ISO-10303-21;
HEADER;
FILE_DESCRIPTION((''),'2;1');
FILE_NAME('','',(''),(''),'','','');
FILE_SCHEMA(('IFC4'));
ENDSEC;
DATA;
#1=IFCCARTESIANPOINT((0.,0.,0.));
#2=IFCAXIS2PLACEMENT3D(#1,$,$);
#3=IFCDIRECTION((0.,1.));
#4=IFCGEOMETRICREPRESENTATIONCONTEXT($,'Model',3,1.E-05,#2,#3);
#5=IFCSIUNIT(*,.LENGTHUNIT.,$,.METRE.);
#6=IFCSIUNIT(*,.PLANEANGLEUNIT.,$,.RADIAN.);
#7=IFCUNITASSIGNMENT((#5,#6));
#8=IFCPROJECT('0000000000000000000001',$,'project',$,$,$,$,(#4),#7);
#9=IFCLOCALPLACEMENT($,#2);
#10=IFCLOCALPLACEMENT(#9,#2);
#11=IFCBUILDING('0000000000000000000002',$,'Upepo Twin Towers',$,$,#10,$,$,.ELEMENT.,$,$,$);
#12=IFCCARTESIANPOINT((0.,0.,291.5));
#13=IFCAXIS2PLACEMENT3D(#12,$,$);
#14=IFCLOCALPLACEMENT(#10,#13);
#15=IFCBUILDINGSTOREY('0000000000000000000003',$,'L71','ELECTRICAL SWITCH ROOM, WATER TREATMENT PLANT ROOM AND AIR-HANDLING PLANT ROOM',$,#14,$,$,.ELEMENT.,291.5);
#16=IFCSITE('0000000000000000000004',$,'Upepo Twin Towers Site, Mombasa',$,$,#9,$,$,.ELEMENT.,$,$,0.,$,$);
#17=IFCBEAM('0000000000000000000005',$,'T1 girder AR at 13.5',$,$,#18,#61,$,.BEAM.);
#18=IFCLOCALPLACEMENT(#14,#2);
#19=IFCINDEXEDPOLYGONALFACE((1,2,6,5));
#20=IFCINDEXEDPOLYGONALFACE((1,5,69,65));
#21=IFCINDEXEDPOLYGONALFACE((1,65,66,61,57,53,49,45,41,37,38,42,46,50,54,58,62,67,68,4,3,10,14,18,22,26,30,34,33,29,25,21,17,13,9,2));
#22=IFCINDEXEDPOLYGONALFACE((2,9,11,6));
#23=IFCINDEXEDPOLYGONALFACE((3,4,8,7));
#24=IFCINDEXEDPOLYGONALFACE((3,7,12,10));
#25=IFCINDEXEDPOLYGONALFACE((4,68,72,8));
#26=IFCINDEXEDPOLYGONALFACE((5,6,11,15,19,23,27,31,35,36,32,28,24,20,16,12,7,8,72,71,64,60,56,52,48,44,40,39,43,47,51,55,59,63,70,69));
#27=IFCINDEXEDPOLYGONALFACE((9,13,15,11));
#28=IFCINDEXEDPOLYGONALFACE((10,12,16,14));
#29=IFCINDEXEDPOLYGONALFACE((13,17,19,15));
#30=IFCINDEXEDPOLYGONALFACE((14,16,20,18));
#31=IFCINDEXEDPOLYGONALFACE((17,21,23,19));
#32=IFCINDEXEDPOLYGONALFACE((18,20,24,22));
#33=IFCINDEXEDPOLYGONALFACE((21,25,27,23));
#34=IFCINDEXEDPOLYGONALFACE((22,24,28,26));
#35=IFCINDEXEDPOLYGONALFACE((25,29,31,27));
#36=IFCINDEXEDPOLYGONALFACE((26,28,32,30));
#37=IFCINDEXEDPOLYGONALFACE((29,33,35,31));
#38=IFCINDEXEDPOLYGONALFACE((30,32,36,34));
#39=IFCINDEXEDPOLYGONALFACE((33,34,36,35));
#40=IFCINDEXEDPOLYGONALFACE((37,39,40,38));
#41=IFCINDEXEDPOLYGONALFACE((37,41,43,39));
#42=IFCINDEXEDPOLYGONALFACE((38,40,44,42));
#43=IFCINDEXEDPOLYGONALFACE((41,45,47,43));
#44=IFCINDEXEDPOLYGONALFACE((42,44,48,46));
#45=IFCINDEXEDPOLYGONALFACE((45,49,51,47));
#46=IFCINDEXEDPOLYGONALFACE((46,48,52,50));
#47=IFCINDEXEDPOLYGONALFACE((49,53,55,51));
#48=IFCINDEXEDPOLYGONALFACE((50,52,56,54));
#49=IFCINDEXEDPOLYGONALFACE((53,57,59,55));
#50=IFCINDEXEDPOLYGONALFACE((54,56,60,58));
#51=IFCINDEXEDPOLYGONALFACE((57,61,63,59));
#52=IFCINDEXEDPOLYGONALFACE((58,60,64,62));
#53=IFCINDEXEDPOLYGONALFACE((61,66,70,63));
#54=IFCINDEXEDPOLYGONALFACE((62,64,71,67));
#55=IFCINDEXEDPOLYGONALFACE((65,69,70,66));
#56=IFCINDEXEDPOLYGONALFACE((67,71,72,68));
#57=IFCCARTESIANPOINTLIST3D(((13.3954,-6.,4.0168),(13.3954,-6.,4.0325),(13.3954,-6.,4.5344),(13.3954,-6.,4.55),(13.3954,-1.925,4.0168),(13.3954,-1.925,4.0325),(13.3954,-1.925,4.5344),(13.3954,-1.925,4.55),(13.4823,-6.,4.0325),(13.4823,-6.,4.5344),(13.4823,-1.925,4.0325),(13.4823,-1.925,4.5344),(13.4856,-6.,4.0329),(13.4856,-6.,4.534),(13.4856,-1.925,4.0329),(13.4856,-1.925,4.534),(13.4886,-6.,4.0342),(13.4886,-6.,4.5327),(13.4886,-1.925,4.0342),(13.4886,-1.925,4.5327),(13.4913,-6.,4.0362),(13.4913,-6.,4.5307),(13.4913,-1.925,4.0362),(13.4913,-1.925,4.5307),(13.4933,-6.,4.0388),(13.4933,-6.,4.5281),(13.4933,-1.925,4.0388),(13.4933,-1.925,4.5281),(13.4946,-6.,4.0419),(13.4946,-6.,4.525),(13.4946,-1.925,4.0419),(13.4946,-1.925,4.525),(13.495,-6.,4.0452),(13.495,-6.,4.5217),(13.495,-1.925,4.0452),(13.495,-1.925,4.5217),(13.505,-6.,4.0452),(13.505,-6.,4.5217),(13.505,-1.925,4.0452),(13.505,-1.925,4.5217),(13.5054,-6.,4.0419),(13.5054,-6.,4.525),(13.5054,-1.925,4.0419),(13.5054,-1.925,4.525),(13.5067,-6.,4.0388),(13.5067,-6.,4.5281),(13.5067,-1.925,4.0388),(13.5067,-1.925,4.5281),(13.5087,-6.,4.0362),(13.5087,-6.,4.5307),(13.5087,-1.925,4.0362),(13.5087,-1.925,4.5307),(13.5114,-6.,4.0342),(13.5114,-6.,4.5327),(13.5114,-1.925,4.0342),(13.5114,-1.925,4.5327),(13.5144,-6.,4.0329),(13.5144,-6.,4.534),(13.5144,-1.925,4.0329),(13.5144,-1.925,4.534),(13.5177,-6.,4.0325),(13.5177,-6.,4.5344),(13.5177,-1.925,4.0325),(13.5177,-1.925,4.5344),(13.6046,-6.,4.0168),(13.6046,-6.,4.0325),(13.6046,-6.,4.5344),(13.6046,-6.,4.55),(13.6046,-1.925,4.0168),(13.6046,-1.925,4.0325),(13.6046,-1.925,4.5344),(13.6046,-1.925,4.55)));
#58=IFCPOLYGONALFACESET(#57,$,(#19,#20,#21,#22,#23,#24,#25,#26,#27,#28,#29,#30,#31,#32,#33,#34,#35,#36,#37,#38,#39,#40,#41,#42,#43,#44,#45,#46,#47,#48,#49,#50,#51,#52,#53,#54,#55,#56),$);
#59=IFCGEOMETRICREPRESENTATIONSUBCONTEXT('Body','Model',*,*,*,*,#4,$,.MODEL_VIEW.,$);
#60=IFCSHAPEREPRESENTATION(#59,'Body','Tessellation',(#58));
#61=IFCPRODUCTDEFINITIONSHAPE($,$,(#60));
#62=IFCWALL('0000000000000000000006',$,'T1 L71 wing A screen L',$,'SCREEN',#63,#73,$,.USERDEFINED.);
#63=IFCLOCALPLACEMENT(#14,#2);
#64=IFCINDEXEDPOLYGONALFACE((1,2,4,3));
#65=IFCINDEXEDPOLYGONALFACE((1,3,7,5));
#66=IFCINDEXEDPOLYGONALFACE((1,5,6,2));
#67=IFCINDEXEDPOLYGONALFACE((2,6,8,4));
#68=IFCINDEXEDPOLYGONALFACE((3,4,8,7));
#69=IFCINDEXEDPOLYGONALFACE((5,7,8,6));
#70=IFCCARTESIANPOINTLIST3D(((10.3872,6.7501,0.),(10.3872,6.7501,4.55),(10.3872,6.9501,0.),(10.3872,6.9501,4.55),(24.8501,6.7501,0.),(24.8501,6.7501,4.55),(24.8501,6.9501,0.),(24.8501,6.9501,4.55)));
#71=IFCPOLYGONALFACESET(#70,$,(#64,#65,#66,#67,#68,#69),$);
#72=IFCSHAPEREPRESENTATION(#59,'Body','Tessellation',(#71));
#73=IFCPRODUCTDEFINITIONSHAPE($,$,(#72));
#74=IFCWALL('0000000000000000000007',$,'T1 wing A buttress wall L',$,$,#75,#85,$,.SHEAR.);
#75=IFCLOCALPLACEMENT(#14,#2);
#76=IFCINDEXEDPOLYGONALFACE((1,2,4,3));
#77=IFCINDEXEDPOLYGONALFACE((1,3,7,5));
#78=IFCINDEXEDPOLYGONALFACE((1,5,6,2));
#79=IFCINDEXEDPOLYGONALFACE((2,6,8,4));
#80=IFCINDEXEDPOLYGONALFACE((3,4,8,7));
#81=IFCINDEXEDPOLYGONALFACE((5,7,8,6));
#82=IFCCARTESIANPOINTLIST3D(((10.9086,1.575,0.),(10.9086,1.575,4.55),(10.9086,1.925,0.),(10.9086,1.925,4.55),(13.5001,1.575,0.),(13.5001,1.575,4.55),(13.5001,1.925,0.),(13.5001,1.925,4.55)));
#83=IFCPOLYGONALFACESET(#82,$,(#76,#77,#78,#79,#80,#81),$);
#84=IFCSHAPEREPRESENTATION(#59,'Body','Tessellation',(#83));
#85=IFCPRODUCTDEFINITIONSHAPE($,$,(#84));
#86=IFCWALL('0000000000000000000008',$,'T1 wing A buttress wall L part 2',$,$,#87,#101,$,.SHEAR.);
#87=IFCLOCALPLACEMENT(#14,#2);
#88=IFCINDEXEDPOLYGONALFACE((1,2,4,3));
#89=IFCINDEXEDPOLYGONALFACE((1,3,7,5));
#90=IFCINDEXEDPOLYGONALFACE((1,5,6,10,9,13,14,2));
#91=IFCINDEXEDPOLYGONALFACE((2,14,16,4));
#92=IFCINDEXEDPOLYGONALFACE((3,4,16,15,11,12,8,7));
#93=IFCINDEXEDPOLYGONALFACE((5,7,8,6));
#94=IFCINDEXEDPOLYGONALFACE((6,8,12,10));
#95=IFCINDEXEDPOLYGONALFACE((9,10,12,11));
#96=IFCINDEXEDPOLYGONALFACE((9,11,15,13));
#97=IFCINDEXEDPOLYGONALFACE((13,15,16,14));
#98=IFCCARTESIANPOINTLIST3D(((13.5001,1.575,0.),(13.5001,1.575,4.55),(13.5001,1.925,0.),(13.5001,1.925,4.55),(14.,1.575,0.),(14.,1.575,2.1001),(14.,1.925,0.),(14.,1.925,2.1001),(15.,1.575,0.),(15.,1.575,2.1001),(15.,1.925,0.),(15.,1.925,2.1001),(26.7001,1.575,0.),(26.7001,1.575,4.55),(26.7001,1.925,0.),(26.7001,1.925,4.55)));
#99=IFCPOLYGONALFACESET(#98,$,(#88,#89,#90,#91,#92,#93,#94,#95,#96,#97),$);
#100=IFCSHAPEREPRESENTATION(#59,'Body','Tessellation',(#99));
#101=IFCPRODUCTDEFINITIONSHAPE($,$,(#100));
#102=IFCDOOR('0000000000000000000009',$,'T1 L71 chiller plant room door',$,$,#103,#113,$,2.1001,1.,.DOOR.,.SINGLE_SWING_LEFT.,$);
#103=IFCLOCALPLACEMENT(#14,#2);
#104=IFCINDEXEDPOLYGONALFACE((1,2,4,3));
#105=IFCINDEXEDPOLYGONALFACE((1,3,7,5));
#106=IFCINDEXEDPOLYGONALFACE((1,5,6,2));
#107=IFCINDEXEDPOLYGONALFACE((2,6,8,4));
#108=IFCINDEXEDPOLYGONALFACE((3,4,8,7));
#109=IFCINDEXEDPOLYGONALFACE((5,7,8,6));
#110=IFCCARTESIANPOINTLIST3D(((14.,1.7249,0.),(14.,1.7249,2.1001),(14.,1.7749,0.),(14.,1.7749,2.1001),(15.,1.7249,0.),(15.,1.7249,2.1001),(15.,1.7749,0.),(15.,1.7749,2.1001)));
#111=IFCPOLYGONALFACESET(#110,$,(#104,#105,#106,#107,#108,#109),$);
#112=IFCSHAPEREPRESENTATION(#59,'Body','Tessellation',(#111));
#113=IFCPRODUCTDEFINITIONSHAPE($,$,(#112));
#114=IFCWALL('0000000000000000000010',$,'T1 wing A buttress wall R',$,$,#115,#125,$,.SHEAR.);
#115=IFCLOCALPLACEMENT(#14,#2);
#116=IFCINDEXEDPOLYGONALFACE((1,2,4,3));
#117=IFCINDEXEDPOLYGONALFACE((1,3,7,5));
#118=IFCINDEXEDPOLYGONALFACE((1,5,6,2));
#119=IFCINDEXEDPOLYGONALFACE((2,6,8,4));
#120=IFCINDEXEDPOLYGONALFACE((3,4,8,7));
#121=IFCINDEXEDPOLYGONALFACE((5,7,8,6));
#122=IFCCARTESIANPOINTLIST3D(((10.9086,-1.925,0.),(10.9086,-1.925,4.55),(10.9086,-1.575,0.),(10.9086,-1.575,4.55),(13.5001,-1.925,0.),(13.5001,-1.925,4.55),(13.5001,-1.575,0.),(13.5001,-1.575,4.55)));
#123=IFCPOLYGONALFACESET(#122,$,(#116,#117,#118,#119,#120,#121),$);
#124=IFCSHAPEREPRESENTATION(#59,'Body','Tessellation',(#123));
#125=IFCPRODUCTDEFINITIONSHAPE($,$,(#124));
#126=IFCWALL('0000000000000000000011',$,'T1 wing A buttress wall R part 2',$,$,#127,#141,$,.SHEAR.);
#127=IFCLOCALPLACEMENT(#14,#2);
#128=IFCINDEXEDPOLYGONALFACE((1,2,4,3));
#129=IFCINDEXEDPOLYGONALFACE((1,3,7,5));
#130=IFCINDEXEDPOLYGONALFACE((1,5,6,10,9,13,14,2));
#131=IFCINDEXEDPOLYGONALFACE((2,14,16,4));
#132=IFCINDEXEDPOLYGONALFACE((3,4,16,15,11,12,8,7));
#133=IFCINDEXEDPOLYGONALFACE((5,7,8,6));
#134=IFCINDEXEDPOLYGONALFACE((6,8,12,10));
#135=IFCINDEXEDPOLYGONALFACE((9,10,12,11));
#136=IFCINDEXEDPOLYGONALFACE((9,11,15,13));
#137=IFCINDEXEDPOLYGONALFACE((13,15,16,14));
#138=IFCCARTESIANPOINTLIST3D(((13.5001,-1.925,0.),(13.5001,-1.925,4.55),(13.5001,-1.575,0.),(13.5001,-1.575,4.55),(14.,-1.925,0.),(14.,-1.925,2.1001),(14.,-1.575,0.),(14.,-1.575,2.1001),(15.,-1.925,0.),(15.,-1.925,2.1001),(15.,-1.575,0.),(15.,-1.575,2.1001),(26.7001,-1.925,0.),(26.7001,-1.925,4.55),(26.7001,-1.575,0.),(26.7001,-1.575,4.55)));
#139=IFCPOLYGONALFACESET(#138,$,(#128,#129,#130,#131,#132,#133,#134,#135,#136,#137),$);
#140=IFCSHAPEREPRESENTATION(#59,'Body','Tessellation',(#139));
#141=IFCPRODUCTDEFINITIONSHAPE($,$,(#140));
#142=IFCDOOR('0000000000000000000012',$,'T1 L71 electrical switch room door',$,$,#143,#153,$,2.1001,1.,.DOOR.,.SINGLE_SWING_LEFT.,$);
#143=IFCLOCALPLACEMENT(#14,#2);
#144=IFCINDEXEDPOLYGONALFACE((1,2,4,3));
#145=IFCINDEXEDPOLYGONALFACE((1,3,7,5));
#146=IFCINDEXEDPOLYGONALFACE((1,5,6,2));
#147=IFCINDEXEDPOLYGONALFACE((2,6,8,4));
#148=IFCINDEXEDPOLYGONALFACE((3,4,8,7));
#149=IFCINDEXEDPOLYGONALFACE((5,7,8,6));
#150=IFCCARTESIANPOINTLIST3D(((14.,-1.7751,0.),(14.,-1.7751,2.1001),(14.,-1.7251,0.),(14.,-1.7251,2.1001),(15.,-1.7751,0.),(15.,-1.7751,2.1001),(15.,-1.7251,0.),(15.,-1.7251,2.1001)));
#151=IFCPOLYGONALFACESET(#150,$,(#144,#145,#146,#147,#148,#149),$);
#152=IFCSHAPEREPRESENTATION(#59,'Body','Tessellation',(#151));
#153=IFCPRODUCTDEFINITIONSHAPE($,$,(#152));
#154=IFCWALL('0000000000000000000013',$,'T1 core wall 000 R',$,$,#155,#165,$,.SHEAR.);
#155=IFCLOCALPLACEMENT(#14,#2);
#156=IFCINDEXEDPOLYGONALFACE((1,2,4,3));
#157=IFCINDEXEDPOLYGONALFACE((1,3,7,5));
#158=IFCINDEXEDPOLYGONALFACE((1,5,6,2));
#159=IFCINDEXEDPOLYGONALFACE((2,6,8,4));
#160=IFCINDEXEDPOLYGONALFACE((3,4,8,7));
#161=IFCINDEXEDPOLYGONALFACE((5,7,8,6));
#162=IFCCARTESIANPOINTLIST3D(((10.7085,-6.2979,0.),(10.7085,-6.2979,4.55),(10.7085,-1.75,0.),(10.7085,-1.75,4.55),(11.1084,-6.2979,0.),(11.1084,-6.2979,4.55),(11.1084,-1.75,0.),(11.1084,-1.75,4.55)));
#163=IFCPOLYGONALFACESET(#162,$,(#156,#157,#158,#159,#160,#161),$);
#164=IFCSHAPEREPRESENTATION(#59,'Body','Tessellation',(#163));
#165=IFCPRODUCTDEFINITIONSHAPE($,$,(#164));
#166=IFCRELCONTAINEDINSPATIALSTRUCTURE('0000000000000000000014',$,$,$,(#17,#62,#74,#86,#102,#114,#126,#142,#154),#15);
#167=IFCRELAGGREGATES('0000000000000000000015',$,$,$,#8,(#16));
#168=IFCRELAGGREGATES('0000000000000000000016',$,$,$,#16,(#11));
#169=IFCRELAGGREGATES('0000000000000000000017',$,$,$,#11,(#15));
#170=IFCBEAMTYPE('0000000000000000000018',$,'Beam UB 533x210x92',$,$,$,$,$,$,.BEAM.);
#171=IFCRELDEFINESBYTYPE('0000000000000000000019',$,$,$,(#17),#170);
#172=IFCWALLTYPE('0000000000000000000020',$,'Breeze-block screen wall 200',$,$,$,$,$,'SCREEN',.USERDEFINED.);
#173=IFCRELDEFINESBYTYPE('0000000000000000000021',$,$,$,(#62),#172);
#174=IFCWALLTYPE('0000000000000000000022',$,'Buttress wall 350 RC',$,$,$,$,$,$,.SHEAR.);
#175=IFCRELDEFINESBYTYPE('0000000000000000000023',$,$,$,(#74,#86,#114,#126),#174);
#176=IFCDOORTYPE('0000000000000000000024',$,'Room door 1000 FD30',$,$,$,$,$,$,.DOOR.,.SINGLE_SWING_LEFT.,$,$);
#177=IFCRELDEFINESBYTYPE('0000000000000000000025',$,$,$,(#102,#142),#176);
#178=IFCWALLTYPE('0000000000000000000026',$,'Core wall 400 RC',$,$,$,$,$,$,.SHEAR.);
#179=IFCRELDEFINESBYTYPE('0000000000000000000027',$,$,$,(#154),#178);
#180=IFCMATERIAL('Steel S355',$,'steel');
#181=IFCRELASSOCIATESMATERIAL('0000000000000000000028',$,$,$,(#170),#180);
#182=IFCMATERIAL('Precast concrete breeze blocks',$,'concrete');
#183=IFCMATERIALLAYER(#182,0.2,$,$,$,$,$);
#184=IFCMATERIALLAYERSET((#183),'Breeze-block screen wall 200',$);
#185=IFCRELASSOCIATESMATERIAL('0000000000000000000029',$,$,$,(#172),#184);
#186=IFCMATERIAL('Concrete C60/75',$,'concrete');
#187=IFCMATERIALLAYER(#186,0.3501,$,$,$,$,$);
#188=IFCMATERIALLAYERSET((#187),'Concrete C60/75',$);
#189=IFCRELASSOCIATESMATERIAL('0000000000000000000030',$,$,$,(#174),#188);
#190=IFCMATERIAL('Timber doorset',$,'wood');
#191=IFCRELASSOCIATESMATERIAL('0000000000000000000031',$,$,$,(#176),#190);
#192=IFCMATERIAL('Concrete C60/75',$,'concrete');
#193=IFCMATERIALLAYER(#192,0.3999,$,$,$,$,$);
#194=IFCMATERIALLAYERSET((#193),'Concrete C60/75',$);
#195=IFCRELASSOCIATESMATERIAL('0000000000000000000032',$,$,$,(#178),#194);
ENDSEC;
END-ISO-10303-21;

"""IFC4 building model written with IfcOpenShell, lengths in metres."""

from ifc_helpers import new_model, si_unit, direction, frame, frame_2d, origin, origin_2d, place, context, subcontext, project, spatial, rectangle, i_section, extrude, material, layer, layer_set, material_profile, profile_set, type_object, element, fill, save


model = new_model("IFC4")

# Units and contexts
model_context = context("Model", 3, precision=1e-05, world=origin(), true_north=direction((0.0, 1.0)))
body_context = subcontext(model_context, "Body", "Model", "MODEL_VIEW")
ifc_project = project(units=[si_unit("LENGTHUNIT", "METRE"), si_unit("PLANEANGLEUNIT", "RADIAN")], contexts=[model_context])

# Site, building, storey
site_placement = place(None, origin())
site = spatial("IfcSite", under=ifc_project, at=site_placement, Name="Upepo Twin Towers Site, Mombasa", CompositionType="ELEMENT", RefElevation=0.0)
building_placement = place(site_placement, origin())
building = spatial("IfcBuilding", under=site, at=building_placement, Name="Upepo Twin Towers", CompositionType="ELEMENT")
storey_placement = place(building_placement, frame((0.0, 0.0, 291.5)))
storey = spatial("IfcBuildingStorey", under=building, at=storey_placement, Name="L71", Description="ELECTRICAL SWITCH ROOM, WATER TREATMENT PLANT ROOM AND AIR-HANDLING PLANT ROOM", CompositionType="ELEMENT", Elevation=291.5)

# Beam
ifc_material_1 = material(Name="Steel S355", Category="steel")
ifc_material_profile_1 = material_profile(ifc_material_1, i_section(OverallWidth=0.2092, OverallDepth=0.5332, WebThickness=0.01, FlangeThickness=0.0156, FilletRadius=0.0127, at=origin_2d()), Name="UB 533x210x92")
ifc_profile_set_1 = profile_set([ifc_material_profile_1], Name="Steel S355")
beam_type_1 = type_object("IfcBeamType", Name="Beam UB 533x210x92", PredefinedType="BEAM", material=ifc_profile_set_1)
for number, where, z_axis, x_axis, name in (
    (1, (13.5, -6.0, 4.2834), (0.0, 1.0, 0.0), (-1.0, 0.0, 0.0), "T1 girder AR at 13.5"),
):
    element("IfcBeam", number, at=place(storey_placement, frame(where, z_axis=z_axis, x_axis=x_axis)), inside=storey, type_object=beam_type_1, Name=name, PredefinedType="BEAM", context=body_context, shape_type="SweptSolid", body=[
        extrude(i_section(OverallWidth=0.2092, OverallDepth=0.5332, WebThickness=0.01, FlangeThickness=0.0156, FilletRadius=0.0127, at=origin_2d()), origin(), (0.0, 0.0, 1.0), 4.075),
    ])

# Walls
ifc_material_2 = material(Name="Precast concrete breeze blocks", Category="concrete")
ifc_layer_1 = layer(ifc_material_2, 0.2)
ifc_layer_set_1 = layer_set([ifc_layer_1], Name="Breeze-block screen wall 200")
wall_type_1 = type_object("IfcWallType", Name="Breeze-block screen wall 200", ElementType="SCREEN", PredefinedType="USERDEFINED", material=ifc_layer_set_1)
wall_1_placement = place(storey_placement, frame((10.3872, 6.8501, 0.0), z_axis=(0.0, 0.0, 1.0), x_axis=(1.0, 0.0, 0.0)))
element("IfcWall", 2, at=wall_1_placement, inside=storey, type_object=wall_type_1, Name="T1 L71 wing A screen L", ObjectType="SCREEN", PredefinedType="USERDEFINED", context=body_context, shape_type="SweptSolid", body=[
    extrude(rectangle(XDim=14.4629, YDim=0.2, at=frame_2d((7.2314, 0.0))), origin(), (0.0, 0.0, 1.0), 4.55),
])
ifc_material_3 = material(Name="Concrete C60/75", Category="concrete")
ifc_layer_2 = layer(ifc_material_3, 0.3501)
ifc_layer_set_2 = layer_set([ifc_layer_2], Name="Concrete C60/75")
wall_type_2 = type_object("IfcWallType", Name="Buttress wall 350 RC", PredefinedType="SHEAR", material=ifc_layer_set_2)
wall_2_placement = place(storey_placement, frame((10.9084, 1.75, 0.0), z_axis=(0.0, 0.0, 1.0), x_axis=(1.0, 0.0, 0.0)))
element("IfcWall", 3, at=wall_2_placement, inside=storey, type_object=wall_type_2, Name="T1 wing A buttress wall L", PredefinedType="SHEAR", context=body_context, shape_type="SweptSolid", body=[
    extrude(rectangle(XDim=2.5916, YDim=0.3501, at=frame_2d((1.2959, 0.0))), origin(), (0.0, 0.0, 1.0), 4.55),
])

# Wall, opening, door
wall_3_placement = place(storey_placement, frame((13.5, 1.75, 0.0), z_axis=(0.0, 0.0, 1.0), x_axis=(1.0, 0.0, 0.0)))
wall_3 = element("IfcWall", 4, at=wall_3_placement, inside=storey, type_object=wall_type_2, Name="T1 wing A buttress wall L part 2", PredefinedType="SHEAR", context=body_context, shape_type="SweptSolid", body=[
    extrude(rectangle(XDim=13.2, YDim=0.3501, at=frame_2d((6.6001, 0.0))), origin(), (0.0, 0.0, 1.0), 4.55),
])
opening_1_placement = place(wall_3_placement, frame((0.5, 0.0, 0.0)))
opening_1 = element("IfcOpeningElement", 5, at=opening_1_placement, cuts=wall_3, PredefinedType="OPENING", context=body_context, shape_type="SweptSolid", body=[
    extrude(rectangle(XDim=1.0, YDim=2.1001, at=frame_2d((0.5, 1.05))), frame((0.0, 0.1851, 0.0), z_axis=(0.0, -1.0, 0.0), x_axis=(1.0, 0.0, 0.0)), (0.0, 0.0, 1.0), 0.3701),
])
ifc_material_4 = material(Name="Timber doorset", Category="wood")
door_type_1 = type_object("IfcDoorType", Name="Room door 1000 FD30", OperationType="SINGLE_SWING_LEFT", PredefinedType="DOOR", material=ifc_material_4)
door_1_placement = place(opening_1_placement, origin())
door_1 = element("IfcDoor", 6, at=door_1_placement, inside=storey, type_object=door_type_1, Name="T1 L71 chiller plant room door", OperationType="SINGLE_SWING_LEFT", OverallHeight=2.1001, OverallWidth=1.0, PredefinedType="DOOR", context=body_context, shape_type="SweptSolid", body=[
    extrude(rectangle(XDim=1.0, YDim=2.1001, at=frame_2d((0.5, 1.05))), frame((0.0, 0.0249, 0.0), z_axis=(0.0, -1.0, 0.0), x_axis=(1.0, 0.0, 0.0)), (0.0, 0.0, 1.0), 0.05),
])
fill(opening_1, door_1)

# Wall
wall_4_placement = place(storey_placement, frame((10.9084, -1.75, 0.0), z_axis=(0.0, 0.0, 1.0), x_axis=(1.0, 0.0, 0.0)))
element("IfcWall", 7, at=wall_4_placement, inside=storey, type_object=wall_type_2, Name="T1 wing A buttress wall R", PredefinedType="SHEAR", context=body_context, shape_type="SweptSolid", body=[
    extrude(rectangle(XDim=2.5916, YDim=0.3501, at=frame_2d((1.2959, 0.0))), origin(), (0.0, 0.0, 1.0), 4.55),
])

# Wall, opening, door
wall_5_placement = place(storey_placement, frame((13.5, -1.75, 0.0), z_axis=(0.0, 0.0, 1.0), x_axis=(1.0, 0.0, 0.0)))
wall_5 = element("IfcWall", 8, at=wall_5_placement, inside=storey, type_object=wall_type_2, Name="T1 wing A buttress wall R part 2", PredefinedType="SHEAR", context=body_context, shape_type="SweptSolid", body=[
    extrude(rectangle(XDim=13.2, YDim=0.3501, at=frame_2d((6.6001, 0.0))), origin(), (0.0, 0.0, 1.0), 4.55),
])
opening_2_placement = place(wall_5_placement, frame((0.5, 0.0, 0.0)))
opening_2 = element("IfcOpeningElement", 9, at=opening_2_placement, cuts=wall_5, PredefinedType="OPENING", context=body_context, shape_type="SweptSolid", body=[
    extrude(rectangle(XDim=1.0, YDim=2.1001, at=frame_2d((0.5, 1.05))), frame((0.0, 0.1851, 0.0), z_axis=(0.0, -1.0, 0.0), x_axis=(1.0, 0.0, 0.0)), (0.0, 0.0, 1.0), 0.3701),
])
door_2_placement = place(opening_2_placement, origin())
door_2 = element("IfcDoor", 10, at=door_2_placement, inside=storey, type_object=door_type_1, Name="T1 L71 electrical switch room door", OperationType="SINGLE_SWING_LEFT", OverallHeight=2.1001, OverallWidth=1.0, PredefinedType="DOOR", context=body_context, shape_type="SweptSolid", body=[
    extrude(rectangle(XDim=1.0, YDim=2.1001, at=frame_2d((0.5, 1.05))), frame((0.0, 0.0249, 0.0), z_axis=(0.0, -1.0, 0.0), x_axis=(1.0, 0.0, 0.0)), (0.0, 0.0, 1.0), 0.05),
])
fill(opening_2, door_2)

# Wall
ifc_material_5 = material(Name="Concrete C60/75", Category="concrete")
ifc_layer_3 = layer(ifc_material_5, 0.3999)
ifc_layer_set_3 = layer_set([ifc_layer_3], Name="Concrete C60/75")
wall_type_3 = type_object("IfcWallType", Name="Core wall 400 RC", PredefinedType="SHEAR", material=ifc_layer_set_3)
wall_6_placement = place(storey_placement, frame((10.9084, -6.2979, 0.0), z_axis=(0.0, 0.0, 1.0), x_axis=(0.0, 1.0, 0.0)))
element("IfcWall", 11, at=wall_6_placement, inside=storey, type_object=wall_type_3, Name="T1 core wall 000 R", PredefinedType="SHEAR", context=body_context, shape_type="SweptSolid", body=[
    extrude(rectangle(XDim=4.5479, YDim=0.3999, at=frame_2d((2.2739, 0.0))), origin(), (0.0, 0.0, 1.0), 4.55),
])

save(model, "model.ifc")
